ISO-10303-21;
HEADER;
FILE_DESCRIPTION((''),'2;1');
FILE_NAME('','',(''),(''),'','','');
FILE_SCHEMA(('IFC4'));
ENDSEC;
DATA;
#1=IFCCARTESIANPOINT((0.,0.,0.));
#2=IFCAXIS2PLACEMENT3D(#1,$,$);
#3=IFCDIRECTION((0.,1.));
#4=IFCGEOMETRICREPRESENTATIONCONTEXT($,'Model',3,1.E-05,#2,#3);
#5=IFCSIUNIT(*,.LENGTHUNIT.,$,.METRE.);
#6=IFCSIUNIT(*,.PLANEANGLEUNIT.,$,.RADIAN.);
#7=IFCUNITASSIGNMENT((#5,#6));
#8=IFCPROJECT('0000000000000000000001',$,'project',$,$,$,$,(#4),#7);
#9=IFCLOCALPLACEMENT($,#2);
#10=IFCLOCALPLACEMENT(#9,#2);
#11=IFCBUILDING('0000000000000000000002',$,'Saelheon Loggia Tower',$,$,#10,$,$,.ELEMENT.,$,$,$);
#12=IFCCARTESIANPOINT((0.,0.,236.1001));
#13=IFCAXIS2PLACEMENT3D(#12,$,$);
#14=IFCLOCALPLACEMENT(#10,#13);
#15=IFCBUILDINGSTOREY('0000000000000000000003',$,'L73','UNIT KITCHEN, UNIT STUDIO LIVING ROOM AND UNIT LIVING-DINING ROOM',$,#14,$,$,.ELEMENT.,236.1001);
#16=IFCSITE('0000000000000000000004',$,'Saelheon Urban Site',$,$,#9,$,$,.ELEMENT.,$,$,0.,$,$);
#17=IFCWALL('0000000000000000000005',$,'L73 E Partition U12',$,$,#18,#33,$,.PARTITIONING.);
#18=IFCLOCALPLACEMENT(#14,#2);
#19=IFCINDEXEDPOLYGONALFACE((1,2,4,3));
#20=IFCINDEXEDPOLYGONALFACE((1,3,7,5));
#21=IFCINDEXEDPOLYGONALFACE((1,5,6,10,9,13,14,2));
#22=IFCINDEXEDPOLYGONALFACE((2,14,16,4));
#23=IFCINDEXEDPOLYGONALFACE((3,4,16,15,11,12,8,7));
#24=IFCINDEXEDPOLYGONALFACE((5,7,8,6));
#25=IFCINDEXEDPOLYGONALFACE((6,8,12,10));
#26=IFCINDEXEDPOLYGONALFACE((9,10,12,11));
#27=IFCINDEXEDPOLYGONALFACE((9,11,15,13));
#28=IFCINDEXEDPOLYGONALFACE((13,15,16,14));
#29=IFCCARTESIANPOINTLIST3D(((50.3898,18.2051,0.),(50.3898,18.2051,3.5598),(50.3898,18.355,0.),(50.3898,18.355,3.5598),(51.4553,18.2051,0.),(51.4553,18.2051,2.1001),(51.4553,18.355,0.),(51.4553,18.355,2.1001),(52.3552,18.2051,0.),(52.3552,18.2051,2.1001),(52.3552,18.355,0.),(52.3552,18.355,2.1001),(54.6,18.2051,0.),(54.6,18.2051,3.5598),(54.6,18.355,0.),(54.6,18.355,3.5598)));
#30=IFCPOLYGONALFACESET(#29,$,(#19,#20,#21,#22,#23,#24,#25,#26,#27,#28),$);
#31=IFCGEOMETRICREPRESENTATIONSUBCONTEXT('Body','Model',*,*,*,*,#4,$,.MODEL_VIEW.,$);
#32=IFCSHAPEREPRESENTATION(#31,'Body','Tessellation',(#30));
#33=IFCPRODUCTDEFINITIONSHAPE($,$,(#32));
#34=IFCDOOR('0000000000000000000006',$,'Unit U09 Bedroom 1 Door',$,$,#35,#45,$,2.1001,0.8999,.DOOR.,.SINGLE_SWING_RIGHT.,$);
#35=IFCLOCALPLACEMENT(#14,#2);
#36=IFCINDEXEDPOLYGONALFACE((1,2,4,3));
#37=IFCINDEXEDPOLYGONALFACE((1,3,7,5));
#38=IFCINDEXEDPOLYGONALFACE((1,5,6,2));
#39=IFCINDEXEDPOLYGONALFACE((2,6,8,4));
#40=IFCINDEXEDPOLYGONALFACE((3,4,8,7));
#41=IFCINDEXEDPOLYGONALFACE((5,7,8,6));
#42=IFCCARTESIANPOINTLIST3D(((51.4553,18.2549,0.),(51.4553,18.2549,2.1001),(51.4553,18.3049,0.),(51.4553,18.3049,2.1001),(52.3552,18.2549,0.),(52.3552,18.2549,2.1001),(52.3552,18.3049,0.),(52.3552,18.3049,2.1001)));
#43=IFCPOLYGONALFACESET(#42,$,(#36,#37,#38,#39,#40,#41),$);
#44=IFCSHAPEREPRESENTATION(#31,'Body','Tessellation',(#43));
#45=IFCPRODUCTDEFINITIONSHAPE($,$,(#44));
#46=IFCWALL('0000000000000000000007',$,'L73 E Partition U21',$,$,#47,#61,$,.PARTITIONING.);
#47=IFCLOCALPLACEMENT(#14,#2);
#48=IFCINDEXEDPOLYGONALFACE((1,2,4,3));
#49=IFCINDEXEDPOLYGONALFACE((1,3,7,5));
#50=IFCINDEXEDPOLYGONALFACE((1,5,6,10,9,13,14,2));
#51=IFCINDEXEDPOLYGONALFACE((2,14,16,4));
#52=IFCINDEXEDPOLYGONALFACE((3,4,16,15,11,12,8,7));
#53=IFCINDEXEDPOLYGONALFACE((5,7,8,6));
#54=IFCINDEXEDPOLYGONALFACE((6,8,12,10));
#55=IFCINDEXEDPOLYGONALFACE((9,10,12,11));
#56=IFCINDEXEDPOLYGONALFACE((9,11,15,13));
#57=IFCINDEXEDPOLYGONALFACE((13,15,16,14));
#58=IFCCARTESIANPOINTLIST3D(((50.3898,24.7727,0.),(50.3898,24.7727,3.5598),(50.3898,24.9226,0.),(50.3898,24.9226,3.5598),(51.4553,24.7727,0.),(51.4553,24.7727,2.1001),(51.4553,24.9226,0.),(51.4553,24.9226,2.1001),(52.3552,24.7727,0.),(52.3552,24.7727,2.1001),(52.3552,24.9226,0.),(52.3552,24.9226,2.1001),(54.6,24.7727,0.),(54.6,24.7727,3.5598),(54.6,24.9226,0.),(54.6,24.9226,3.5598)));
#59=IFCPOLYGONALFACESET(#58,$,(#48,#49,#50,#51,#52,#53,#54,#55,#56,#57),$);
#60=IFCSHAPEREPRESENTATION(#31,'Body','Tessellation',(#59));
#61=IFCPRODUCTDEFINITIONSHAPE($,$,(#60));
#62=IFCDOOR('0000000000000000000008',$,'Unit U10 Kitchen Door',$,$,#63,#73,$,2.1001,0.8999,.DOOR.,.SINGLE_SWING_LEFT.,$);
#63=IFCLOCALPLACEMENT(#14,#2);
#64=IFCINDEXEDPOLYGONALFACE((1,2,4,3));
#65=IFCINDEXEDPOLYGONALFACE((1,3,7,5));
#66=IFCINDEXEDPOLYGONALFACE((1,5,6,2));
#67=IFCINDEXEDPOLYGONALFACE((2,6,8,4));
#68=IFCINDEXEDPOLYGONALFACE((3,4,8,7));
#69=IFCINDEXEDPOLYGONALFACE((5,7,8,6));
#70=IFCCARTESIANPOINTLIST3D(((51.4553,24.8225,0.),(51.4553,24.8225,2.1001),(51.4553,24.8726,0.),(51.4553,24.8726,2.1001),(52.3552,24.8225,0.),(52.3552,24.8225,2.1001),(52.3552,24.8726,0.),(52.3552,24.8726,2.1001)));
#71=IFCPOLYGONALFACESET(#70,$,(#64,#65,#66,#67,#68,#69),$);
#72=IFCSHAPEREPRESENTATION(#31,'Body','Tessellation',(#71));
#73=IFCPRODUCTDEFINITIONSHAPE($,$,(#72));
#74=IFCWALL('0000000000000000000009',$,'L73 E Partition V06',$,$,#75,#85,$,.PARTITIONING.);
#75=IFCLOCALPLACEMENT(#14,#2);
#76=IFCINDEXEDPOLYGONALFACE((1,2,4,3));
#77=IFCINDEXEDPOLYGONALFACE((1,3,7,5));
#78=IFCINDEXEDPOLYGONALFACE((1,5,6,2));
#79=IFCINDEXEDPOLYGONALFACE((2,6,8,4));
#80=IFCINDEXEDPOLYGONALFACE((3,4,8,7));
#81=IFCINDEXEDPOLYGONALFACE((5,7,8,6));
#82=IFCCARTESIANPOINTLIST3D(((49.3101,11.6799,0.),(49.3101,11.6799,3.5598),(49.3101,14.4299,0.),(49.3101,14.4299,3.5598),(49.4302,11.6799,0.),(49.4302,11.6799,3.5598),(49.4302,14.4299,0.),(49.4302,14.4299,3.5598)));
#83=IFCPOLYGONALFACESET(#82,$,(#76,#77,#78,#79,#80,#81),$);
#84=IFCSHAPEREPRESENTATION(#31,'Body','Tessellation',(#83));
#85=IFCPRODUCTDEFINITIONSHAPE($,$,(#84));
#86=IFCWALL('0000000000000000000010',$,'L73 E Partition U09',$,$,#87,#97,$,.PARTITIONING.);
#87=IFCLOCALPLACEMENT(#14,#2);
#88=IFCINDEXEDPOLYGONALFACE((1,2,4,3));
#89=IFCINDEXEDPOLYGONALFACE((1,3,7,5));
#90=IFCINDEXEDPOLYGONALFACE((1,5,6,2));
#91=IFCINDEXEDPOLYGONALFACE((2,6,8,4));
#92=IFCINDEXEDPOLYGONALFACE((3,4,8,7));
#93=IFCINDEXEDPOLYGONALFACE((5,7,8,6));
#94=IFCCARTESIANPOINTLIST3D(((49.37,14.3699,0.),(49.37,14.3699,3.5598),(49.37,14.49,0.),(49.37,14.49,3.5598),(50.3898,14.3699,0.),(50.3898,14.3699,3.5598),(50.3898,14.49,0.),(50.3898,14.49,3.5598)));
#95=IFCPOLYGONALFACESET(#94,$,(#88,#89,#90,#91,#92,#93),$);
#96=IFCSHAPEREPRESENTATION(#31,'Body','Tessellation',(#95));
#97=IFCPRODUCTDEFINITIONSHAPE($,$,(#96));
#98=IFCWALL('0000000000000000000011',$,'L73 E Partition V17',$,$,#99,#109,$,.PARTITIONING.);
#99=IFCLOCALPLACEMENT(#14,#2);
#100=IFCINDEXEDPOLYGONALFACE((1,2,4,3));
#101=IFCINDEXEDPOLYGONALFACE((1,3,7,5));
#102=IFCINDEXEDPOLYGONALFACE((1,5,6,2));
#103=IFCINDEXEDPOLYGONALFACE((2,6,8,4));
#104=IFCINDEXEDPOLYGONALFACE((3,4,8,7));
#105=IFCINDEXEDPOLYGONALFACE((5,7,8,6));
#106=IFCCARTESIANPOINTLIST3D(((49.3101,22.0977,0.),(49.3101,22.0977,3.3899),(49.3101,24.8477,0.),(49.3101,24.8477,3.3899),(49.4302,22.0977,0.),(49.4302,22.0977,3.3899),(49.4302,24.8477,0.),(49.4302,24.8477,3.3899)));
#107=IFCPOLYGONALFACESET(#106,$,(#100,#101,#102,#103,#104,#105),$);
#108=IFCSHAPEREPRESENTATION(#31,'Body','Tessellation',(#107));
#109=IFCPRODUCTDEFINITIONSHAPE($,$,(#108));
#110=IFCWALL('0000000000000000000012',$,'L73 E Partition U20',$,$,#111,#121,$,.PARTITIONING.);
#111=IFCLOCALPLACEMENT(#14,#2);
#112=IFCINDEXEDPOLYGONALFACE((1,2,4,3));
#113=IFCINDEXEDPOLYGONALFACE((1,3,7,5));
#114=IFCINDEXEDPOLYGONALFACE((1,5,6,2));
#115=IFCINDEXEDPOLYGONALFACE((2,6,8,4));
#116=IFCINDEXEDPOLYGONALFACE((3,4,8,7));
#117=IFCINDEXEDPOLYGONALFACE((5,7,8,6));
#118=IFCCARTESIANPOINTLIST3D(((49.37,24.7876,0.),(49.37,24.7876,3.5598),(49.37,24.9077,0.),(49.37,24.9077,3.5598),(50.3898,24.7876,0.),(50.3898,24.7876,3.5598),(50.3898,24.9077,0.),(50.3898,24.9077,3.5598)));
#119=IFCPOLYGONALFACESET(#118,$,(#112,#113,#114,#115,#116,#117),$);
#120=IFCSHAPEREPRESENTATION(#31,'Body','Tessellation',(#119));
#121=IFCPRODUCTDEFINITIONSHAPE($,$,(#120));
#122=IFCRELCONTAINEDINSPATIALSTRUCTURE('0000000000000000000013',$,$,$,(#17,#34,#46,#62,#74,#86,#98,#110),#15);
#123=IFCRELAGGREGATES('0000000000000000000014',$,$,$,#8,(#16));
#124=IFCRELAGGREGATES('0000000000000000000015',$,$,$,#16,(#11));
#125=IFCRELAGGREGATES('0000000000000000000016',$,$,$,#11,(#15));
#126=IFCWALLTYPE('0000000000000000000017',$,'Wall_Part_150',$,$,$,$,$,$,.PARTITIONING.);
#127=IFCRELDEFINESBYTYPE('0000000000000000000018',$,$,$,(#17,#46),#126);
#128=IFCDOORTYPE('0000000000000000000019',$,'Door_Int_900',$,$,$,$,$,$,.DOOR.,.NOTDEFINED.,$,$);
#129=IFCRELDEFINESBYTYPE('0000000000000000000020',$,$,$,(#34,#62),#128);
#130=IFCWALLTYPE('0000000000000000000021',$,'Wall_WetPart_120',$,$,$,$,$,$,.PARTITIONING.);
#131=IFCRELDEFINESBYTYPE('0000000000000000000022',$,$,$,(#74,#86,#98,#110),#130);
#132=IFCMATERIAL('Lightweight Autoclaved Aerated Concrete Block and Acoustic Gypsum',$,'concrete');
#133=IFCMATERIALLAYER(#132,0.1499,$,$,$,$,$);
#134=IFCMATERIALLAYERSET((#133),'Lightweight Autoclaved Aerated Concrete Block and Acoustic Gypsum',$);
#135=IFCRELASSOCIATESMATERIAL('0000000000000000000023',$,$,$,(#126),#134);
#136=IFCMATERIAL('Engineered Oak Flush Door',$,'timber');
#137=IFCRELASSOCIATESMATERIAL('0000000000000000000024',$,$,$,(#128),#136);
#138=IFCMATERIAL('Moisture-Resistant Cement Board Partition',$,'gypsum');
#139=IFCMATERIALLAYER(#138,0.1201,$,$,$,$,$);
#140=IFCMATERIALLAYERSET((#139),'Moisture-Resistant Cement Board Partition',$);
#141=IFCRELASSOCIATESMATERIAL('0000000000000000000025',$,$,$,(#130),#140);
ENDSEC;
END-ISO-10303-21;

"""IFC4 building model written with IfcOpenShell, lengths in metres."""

from ifc_helpers import new_model, si_unit, direction, frame, frame_2d, origin, place, context, subcontext, project, spatial, rectangle, extrude, source, transform, mapped, material, layer, layer_set, type_object, element, fill, save


model = new_model("IFC4")

# Units and contexts
model_context = context("Model", 3, precision=1e-05, world=origin(), true_north=direction((0.0, 1.0)))
body_context = subcontext(model_context, "Body", "Model", "MODEL_VIEW")
ifc_project = project(units=[si_unit("LENGTHUNIT", "METRE"), si_unit("PLANEANGLEUNIT", "RADIAN")], contexts=[model_context])

# Site, building, storey
site_placement = place(None, origin())
site = spatial("IfcSite", under=ifc_project, at=site_placement, Name="Saelheon Urban Site", CompositionType="ELEMENT", RefElevation=0.0)
building_placement = place(site_placement, origin())
building = spatial("IfcBuilding", under=site, at=building_placement, Name="Saelheon Loggia Tower", CompositionType="ELEMENT")
storey_placement = place(building_placement, frame((0.0, 0.0, 236.1001)))
storey = spatial("IfcBuildingStorey", under=building, at=storey_placement, Name="L73", Description="UNIT KITCHEN, UNIT STUDIO LIVING ROOM AND UNIT LIVING-DINING ROOM", CompositionType="ELEMENT", Elevation=236.1001)

# Shared definitions
ifc_material_1 = material(Name="Lightweight Autoclaved Aerated Concrete Block and Acoustic Gypsum", Category="concrete")
ifc_layer_1 = layer(ifc_material_1, 0.1499)
ifc_layer_set_1 = layer_set([ifc_layer_1], Name="Lightweight Autoclaved Aerated Concrete Block and Acoustic Gypsum")
wall_type_1 = type_object("IfcWallType", Name="Wall_Part_150", PredefinedType="PARTITIONING", material=ifc_layer_set_1)

# Walls, openings, doors
ifc_material_2 = material(Name="Engineered Oak Flush Door", Category="timber")
door_type = type_object("IfcDoorType", Name="Door_Int_900", OperationType="NOTDEFINED", PredefinedType="DOOR", material=ifc_material_2)
shared_shape_1 = source(origin(), body_context, "Body", "SweptSolid", [
    extrude(rectangle(XDim=0.8999, YDim=2.1001, at=frame_2d((0.45, 1.05))), frame((0.0, 0.0249, 0.0), z_axis=(0.0, -1.0, 0.0), x_axis=(1.0, 0.0, 0.0)), (0.0, 0.0, 1.0), 0.05),
])
wall_1_placement = place(storey_placement, frame((50.3899, 18.28, 0.0), z_axis=(0.0, 0.0, 1.0), x_axis=(1.0, 0.0, 0.0)))
wall_1 = element("IfcWall", 1, at=wall_1_placement, inside=storey, type_object=wall_type_1, Name="L73 E Partition U12", PredefinedType="PARTITIONING", context=body_context, shape_type="SweptSolid", body=[
    extrude(rectangle(XDim=4.2102, YDim=0.1499, at=frame_2d((2.105, 0.0))), origin(), (0.0, 0.0, 1.0), 3.5598),
])
opening_1_placement = place(wall_1_placement, frame((1.0654, 0.0, 0.0)))
opening_1 = element("IfcOpeningElement", 2, at=opening_1_placement, cuts=wall_1, PredefinedType="OPENING", context=body_context, shape_type="SweptSolid", body=[
    extrude(rectangle(XDim=0.8999, YDim=2.1001, at=frame_2d((0.45, 1.05))), frame((0.0, 0.0869, 0.0), z_axis=(0.0, -1.0, 0.0), x_axis=(1.0, 0.0, 0.0)), (0.0, 0.0, 1.0), 0.1738),
])
door_1_placement = place(opening_1_placement, origin())
door_1 = element("IfcDoor", 3, at=door_1_placement, inside=storey, type_object=door_type, Name="Unit U09 Bedroom 1 Door", OperationType="SINGLE_SWING_RIGHT", OverallHeight=2.1001, OverallWidth=0.8999, PredefinedType="DOOR", context=body_context, shape_type="MappedRepresentation", body=[
    mapped(shared_shape_1, transform((0.0, 0.0, 0.0), scale=1.0)),
])
fill(opening_1, door_1)
wall_2_placement = place(storey_placement, frame((50.3899, 24.8477, 0.0), z_axis=(0.0, 0.0, 1.0), x_axis=(1.0, 0.0, 0.0)))
wall_2 = element("IfcWall", 4, at=wall_2_placement, inside=storey, type_object=wall_type_1, Name="L73 E Partition U21", PredefinedType="PARTITIONING", context=body_context, shape_type="SweptSolid", body=[
    extrude(rectangle(XDim=4.2102, YDim=0.1499, at=frame_2d((2.105, 0.0))), origin(), (0.0, 0.0, 1.0), 3.5598),
])
opening_2_placement = place(wall_2_placement, frame((1.0654, 0.0, 0.0)))
opening_2 = element("IfcOpeningElement", 5, at=opening_2_placement, cuts=wall_2, PredefinedType="OPENING", context=body_context, shape_type="SweptSolid", body=[
    extrude(rectangle(XDim=0.8999, YDim=2.1001, at=frame_2d((0.45, 1.05))), frame((0.0, 0.0869, 0.0), z_axis=(0.0, -1.0, 0.0), x_axis=(1.0, 0.0, 0.0)), (0.0, 0.0, 1.0), 0.1738),
])
door_2_placement = place(opening_2_placement, origin())
door_2 = element("IfcDoor", 6, at=door_2_placement, inside=storey, type_object=door_type, Name="Unit U10 Kitchen Door", OperationType="SINGLE_SWING_LEFT", OverallHeight=2.1001, OverallWidth=0.8999, PredefinedType="DOOR", context=body_context, shape_type="MappedRepresentation", body=[
    mapped(shared_shape_1, transform((0.0, 0.0, 0.0), scale=1.0)),
])
fill(opening_2, door_2)

# Walls
ifc_material_3 = material(Name="Moisture-Resistant Cement Board Partition", Category="gypsum")
ifc_layer_2 = layer(ifc_material_3, 0.1201)
ifc_layer_set_2 = layer_set([ifc_layer_2], Name="Moisture-Resistant Cement Board Partition")
wall_type_2 = type_object("IfcWallType", Name="Wall_WetPart_120", PredefinedType="PARTITIONING", material=ifc_layer_set_2)
wall_3_placement = place(storey_placement, frame((49.3701, 11.6799, 0.0), z_axis=(0.0, 0.0, 1.0), x_axis=(0.0, 1.0, 0.0)))
element("IfcWall", 7, at=wall_3_placement, inside=storey, type_object=wall_type_2, Name="L73 E Partition V06", PredefinedType="PARTITIONING", context=body_context, shape_type="SweptSolid", body=[
    extrude(rectangle(XDim=2.75, YDim=0.1201, at=frame_2d((1.375, 0.0))), origin(), (0.0, 0.0, 1.0), 3.5598),
])
wall_4_placement = place(storey_placement, frame((49.3701, 14.4299, 0.0), z_axis=(0.0, 0.0, 1.0), x_axis=(1.0, 0.0, 0.0)))
element("IfcWall", 8, at=wall_4_placement, inside=storey, type_object=wall_type_2, Name="L73 E Partition U09", PredefinedType="PARTITIONING", context=body_context, shape_type="SweptSolid", body=[
    extrude(rectangle(XDim=1.0198, YDim=0.1201, at=frame_2d((0.5098, 0.0))), origin(), (0.0, 0.0, 1.0), 3.5598),
])
wall_5_placement = place(storey_placement, frame((49.3701, 22.0977, 0.0), z_axis=(0.0, 0.0, 1.0), x_axis=(0.0, 1.0, 0.0)))
element("IfcWall", 9, at=wall_5_placement, inside=storey, type_object=wall_type_2, Name="L73 E Partition V17", PredefinedType="PARTITIONING", context=body_context, shape_type="SweptSolid", body=[
    extrude(rectangle(XDim=2.75, YDim=0.1201, at=frame_2d((1.375, 0.0))), origin(), (0.0, 0.0, 1.0), 3.3899),
])
wall_6_placement = place(storey_placement, frame((49.3701, 24.8477, 0.0), z_axis=(0.0, 0.0, 1.0), x_axis=(1.0, 0.0, 0.0)))
element("IfcWall", 10, at=wall_6_placement, inside=storey, type_object=wall_type_2, Name="L73 E Partition U20", PredefinedType="PARTITIONING", context=body_context, shape_type="SweptSolid", body=[
    extrude(rectangle(XDim=1.0198, YDim=0.1201, at=frame_2d((0.5098, 0.0))), origin(), (0.0, 0.0, 1.0), 3.5598),
])

save(model, "model.ifc")
